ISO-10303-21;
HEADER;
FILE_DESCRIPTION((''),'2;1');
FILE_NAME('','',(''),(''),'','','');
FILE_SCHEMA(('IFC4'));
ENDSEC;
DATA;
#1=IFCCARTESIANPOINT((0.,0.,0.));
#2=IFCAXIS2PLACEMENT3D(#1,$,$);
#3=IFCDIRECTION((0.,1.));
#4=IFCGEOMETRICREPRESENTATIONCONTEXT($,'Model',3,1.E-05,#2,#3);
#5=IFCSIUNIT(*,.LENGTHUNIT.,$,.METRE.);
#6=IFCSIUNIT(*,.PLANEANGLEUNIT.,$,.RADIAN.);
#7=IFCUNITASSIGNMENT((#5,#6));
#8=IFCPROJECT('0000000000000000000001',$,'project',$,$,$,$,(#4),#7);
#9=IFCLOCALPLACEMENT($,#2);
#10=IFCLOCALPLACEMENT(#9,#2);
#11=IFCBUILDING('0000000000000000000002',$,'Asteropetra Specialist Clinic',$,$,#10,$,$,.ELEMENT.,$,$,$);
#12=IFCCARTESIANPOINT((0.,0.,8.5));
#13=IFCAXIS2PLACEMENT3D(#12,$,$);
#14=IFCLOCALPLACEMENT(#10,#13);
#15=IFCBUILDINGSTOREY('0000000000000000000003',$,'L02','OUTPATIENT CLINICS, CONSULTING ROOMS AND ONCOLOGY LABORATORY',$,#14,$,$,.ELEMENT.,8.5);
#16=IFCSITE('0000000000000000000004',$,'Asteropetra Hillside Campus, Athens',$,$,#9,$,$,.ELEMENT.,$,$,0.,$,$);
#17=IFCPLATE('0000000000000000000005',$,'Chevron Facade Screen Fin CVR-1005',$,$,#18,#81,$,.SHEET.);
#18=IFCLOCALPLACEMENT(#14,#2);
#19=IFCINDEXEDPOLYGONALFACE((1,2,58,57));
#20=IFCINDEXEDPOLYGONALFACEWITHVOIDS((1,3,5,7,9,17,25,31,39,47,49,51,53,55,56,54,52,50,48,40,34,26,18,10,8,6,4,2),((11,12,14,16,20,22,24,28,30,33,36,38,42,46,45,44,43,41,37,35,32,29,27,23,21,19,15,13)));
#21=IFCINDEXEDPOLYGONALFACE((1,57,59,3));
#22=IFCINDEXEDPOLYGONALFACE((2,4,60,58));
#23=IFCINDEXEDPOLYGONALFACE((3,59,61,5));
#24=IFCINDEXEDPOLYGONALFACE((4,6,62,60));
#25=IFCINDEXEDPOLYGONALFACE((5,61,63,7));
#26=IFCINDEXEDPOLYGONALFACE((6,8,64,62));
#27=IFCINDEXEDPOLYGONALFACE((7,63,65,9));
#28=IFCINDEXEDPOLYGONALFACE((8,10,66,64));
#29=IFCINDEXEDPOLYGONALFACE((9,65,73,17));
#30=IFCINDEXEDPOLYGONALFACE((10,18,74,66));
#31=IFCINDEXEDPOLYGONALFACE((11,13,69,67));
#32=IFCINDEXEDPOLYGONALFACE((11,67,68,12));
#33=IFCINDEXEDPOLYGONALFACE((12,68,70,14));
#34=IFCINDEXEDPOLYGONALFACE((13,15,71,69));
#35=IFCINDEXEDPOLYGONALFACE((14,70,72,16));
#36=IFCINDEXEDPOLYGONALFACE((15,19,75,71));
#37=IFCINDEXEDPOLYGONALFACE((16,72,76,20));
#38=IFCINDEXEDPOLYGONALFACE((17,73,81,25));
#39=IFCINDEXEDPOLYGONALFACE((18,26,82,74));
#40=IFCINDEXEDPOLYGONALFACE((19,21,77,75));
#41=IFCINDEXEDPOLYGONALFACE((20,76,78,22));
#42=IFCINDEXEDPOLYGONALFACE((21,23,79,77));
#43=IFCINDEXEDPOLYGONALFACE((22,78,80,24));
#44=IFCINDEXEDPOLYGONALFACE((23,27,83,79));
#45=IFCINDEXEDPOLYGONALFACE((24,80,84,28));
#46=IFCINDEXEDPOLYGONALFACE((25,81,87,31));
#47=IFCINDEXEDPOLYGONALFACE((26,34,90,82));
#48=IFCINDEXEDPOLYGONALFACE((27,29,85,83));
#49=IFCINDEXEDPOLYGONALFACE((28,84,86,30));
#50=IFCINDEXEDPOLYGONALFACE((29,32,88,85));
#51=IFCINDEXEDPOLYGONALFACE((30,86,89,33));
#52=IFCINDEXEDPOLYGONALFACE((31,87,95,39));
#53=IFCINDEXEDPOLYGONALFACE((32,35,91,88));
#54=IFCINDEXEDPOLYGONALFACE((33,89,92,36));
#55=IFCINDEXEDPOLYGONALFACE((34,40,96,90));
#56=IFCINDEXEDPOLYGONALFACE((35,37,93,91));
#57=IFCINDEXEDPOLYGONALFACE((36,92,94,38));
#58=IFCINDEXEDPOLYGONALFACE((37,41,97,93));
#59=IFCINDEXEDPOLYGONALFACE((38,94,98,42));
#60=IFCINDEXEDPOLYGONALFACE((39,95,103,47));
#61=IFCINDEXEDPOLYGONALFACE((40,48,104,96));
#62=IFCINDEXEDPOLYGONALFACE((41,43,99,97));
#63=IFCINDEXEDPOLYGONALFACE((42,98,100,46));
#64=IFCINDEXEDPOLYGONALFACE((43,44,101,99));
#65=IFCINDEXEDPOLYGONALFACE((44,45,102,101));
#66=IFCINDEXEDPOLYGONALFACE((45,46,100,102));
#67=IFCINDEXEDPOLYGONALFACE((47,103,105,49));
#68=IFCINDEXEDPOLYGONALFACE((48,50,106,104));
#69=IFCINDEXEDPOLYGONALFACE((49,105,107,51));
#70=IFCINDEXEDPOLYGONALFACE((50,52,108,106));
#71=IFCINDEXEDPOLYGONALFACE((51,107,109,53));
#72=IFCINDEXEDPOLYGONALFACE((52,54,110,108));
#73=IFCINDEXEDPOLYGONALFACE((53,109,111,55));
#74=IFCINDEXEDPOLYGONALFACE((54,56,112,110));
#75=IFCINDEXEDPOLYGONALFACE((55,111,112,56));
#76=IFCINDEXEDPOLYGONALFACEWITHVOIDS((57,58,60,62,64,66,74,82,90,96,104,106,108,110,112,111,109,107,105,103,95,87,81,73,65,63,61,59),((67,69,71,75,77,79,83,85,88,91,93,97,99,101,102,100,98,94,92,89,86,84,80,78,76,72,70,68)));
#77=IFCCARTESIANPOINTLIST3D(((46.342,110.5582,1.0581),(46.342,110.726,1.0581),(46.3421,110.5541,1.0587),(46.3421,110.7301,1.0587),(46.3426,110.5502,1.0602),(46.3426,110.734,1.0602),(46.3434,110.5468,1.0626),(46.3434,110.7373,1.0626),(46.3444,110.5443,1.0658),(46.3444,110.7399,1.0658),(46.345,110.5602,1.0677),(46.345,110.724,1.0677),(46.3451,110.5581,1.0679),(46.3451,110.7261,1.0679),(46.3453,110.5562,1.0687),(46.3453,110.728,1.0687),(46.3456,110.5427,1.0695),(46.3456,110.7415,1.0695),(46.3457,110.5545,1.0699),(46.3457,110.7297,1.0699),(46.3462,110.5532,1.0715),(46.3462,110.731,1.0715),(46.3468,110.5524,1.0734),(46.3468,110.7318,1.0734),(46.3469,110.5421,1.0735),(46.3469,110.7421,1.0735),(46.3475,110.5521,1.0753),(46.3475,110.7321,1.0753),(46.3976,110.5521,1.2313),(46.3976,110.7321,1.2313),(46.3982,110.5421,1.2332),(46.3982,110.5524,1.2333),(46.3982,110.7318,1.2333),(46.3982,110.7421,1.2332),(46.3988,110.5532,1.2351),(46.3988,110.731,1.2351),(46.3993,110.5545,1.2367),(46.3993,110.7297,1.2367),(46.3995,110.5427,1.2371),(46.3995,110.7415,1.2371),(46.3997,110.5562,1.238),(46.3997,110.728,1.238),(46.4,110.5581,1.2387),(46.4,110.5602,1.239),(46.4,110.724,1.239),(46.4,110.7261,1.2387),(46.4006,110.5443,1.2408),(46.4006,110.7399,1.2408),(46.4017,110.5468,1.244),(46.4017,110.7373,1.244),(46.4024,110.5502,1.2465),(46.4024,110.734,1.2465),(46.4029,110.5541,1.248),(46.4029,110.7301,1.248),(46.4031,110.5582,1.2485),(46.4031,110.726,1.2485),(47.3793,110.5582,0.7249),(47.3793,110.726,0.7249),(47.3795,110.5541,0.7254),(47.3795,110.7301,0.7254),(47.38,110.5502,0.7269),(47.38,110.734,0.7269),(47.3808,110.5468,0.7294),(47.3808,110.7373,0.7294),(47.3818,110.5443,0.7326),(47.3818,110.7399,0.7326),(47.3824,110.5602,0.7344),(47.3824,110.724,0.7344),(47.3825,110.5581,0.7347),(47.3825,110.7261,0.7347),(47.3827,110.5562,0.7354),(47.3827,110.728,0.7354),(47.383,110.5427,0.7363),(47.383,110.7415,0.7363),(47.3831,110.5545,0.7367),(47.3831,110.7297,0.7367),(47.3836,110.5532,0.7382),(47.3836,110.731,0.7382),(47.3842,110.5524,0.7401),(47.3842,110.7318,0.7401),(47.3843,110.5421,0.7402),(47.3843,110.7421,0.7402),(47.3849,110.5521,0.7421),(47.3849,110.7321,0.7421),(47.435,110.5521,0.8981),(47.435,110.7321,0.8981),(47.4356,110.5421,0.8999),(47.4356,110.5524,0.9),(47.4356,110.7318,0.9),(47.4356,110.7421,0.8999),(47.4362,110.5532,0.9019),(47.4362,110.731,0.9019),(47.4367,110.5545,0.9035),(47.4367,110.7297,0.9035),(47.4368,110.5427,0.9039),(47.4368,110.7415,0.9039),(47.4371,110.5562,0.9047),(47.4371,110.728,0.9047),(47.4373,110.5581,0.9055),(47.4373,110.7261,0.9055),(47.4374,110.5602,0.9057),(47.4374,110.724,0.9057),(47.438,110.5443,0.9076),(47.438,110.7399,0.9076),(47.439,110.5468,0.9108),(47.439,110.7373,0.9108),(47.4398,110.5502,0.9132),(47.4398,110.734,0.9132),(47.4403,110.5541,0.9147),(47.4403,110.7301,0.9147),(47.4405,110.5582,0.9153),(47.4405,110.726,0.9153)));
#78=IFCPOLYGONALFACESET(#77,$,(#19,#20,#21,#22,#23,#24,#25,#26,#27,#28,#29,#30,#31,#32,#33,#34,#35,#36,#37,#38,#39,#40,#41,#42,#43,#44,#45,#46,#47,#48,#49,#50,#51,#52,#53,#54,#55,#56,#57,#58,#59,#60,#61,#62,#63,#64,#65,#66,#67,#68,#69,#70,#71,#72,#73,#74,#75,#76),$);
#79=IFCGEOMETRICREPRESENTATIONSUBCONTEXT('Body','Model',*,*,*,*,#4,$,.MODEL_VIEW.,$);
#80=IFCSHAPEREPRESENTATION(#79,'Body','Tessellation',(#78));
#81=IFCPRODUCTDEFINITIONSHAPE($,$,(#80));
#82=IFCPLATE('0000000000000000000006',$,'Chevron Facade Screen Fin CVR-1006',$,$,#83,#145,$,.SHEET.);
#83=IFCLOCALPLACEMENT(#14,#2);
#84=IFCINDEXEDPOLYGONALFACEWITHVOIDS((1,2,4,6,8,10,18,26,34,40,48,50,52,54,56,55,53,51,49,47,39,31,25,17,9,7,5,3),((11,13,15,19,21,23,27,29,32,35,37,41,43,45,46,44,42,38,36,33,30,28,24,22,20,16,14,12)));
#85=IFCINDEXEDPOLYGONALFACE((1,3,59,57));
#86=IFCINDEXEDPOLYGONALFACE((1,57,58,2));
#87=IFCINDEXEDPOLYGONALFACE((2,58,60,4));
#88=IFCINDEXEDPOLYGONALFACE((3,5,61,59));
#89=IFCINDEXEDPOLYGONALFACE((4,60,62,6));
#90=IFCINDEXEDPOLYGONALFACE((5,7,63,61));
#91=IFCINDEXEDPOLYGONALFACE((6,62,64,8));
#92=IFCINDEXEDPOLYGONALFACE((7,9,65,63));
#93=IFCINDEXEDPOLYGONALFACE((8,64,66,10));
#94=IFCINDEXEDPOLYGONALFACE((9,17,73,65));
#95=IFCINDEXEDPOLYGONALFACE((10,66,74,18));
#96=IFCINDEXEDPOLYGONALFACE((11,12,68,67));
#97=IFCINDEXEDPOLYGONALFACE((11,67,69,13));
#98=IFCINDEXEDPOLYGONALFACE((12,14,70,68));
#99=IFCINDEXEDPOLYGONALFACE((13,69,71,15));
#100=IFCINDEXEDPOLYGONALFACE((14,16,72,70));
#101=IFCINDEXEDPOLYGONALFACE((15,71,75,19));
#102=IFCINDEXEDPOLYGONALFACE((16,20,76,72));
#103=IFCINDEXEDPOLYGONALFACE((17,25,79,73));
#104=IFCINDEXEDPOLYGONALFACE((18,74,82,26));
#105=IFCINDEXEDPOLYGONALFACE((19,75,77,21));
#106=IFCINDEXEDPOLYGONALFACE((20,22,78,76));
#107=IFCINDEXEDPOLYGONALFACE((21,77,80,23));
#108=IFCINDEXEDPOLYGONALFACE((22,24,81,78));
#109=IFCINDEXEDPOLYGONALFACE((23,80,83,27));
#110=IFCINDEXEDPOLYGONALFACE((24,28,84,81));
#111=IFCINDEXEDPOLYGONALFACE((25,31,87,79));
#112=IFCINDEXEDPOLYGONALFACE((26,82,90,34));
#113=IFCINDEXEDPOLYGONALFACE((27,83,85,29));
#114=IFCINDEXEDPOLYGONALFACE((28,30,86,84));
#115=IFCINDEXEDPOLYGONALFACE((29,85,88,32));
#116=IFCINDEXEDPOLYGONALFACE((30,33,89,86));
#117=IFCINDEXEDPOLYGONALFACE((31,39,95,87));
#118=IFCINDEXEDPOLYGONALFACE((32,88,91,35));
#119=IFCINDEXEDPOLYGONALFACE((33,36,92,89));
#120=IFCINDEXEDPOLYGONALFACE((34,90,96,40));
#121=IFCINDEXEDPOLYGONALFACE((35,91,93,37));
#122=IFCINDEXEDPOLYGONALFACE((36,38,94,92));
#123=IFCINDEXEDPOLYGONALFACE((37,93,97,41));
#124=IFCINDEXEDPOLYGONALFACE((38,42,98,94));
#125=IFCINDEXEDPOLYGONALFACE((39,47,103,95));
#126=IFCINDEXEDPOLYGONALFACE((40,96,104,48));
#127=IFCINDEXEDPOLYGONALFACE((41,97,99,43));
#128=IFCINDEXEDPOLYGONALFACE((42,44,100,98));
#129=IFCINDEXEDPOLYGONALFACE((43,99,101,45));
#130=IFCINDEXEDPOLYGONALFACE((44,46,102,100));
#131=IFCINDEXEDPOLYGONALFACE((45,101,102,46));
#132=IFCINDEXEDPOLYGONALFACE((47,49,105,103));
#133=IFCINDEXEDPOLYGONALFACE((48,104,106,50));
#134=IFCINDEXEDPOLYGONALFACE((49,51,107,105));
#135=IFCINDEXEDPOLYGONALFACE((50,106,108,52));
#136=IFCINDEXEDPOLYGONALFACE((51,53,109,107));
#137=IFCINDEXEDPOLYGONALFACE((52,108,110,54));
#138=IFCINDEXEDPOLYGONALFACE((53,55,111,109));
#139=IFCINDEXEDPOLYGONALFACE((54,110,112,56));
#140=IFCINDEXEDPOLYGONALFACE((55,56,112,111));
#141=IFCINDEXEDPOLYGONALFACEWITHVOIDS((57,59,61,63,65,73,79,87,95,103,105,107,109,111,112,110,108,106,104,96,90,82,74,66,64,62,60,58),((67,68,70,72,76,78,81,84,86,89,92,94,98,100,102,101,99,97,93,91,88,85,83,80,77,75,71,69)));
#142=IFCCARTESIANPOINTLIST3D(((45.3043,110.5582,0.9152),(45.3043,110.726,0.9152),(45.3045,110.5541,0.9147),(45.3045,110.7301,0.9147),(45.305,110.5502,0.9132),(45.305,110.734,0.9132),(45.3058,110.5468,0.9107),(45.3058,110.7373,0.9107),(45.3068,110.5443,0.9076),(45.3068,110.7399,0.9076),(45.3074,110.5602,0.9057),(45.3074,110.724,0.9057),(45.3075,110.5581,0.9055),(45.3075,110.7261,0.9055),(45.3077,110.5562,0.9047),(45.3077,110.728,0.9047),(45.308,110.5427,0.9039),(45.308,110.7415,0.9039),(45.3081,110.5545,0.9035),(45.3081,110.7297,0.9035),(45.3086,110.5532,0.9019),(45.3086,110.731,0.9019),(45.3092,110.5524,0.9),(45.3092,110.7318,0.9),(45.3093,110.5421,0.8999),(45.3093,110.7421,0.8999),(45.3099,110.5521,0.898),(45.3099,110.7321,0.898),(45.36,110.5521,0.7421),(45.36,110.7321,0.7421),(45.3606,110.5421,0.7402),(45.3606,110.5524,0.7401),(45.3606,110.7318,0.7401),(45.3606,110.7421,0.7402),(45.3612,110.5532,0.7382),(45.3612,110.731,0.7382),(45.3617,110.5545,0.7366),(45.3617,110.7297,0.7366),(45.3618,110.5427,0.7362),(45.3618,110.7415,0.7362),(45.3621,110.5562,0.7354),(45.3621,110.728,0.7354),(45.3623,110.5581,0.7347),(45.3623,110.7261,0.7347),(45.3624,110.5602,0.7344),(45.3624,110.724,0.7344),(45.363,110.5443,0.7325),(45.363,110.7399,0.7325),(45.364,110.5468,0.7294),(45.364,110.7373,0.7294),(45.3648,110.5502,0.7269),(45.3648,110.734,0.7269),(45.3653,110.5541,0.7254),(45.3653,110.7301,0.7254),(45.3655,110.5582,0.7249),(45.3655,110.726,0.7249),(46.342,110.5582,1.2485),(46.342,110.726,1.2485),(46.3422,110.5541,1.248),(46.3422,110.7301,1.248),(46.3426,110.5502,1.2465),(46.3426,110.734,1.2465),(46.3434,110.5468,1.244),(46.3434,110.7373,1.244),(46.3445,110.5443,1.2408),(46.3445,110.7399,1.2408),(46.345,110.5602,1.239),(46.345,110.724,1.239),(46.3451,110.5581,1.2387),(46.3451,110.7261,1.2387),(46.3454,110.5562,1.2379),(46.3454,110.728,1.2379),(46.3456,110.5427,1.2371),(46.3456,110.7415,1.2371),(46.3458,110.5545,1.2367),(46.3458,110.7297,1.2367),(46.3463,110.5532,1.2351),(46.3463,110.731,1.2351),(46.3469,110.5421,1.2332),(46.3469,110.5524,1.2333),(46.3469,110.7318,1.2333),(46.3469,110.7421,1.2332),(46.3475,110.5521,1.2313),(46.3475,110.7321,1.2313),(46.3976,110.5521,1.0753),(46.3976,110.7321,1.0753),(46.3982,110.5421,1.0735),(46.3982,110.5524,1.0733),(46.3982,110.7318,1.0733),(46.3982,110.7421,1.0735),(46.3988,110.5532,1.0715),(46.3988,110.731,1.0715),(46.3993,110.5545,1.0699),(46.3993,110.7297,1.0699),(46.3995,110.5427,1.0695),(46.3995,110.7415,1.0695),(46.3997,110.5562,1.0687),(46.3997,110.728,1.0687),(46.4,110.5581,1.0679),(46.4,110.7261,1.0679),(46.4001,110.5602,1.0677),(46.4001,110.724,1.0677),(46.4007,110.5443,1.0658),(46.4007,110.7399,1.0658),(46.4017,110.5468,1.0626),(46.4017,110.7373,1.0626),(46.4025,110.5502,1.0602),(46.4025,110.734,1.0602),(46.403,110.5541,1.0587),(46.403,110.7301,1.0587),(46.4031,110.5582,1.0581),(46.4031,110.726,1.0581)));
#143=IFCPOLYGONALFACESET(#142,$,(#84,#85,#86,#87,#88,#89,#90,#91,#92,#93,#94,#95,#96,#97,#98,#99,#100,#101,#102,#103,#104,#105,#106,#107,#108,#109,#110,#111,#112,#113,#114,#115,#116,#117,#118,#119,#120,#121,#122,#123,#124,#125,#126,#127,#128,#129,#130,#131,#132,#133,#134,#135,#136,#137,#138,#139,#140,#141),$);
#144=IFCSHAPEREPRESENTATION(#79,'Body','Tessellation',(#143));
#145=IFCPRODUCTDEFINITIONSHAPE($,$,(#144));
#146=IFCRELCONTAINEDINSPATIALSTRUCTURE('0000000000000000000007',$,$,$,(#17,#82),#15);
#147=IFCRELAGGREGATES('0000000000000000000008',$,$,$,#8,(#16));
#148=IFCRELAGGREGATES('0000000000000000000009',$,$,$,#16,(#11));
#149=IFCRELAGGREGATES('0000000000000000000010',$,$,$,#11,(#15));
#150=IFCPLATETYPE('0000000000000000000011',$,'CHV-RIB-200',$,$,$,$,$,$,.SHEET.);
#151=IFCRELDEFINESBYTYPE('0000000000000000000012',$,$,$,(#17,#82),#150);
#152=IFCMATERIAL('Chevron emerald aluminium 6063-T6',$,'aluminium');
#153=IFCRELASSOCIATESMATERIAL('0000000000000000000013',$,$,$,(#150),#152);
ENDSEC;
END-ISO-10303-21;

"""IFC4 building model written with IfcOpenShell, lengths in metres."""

from ifc_helpers import new_model, si_unit, direction, frame, origin, origin_2d, place, context, subcontext, project, spatial, hollow_rectangle, extrude, material, material_profile, profile_set, type_object, element, save


model = new_model("IFC4")

# Units and contexts
model_context = context("Model", 3, precision=1e-05, world=origin(), true_north=direction((0.0, 1.0)))
body_context = subcontext(model_context, "Body", "Model", "MODEL_VIEW")
ifc_project = project(units=[si_unit("LENGTHUNIT", "METRE"), si_unit("PLANEANGLEUNIT", "RADIAN")], contexts=[model_context])

# Site, building, storey
site_placement = place(None, origin())
site = spatial("IfcSite", under=ifc_project, at=site_placement, Name="Asteropetra Hillside Campus, Athens", CompositionType="ELEMENT", RefElevation=0.0)
building_placement = place(site_placement, origin())
building = spatial("IfcBuilding", under=site, at=building_placement, Name="Asteropetra Specialist Clinic", CompositionType="ELEMENT")
storey_placement = place(building_placement, frame((0.0, 0.0, 8.5)))
storey = spatial("IfcBuildingStorey", under=building, at=storey_placement, Name="L02", Description="OUTPATIENT CLINICS, CONSULTING ROOMS AND ONCOLOGY LABORATORY", CompositionType="ELEMENT", Elevation=8.5)

# Plates
ifc_material_1 = material(Name="Chevron emerald aluminium 6063-T6", Category="aluminium")
ifc_material_profile_1 = material_profile(ifc_material_1, hollow_rectangle(XDim=0.2, YDim=0.2, WallThickness=0.01, InnerFilletRadius=0.0081, OuterFilletRadius=0.0161, at=origin_2d()), Name="SHS 200x200x10.0")
ifc_profile_set_1 = profile_set([ifc_material_profile_1], Name="Chevron emerald aluminium 6063-T6")
plate_type_1 = type_object("IfcPlateType", Name="CHV-RIB-200", PredefinedType="SHEET", material=ifc_profile_set_1)
plate_1_placement = place(storey_placement, frame((47.4099, 110.6421, 0.8201), z_axis=(-0.952078, 0.0, 0.305857), x_axis=(0.0, -1.0, 0.0)))
element("IfcPlate", 1, at=plate_1_placement, inside=storey, type_object=plate_type_1, Name="Chevron Facade Screen Fin CVR-1005", PredefinedType="SHEET", context=body_context, shape_type="SweptSolid", body=[
    extrude(hollow_rectangle(XDim=0.2, YDim=0.2, WallThickness=0.01, InnerFilletRadius=0.0081, OuterFilletRadius=0.0161, at=origin_2d()), origin(), (0.0, 0.0, 1.0), 1.0896),
])
plate_2_placement = place(storey_placement, frame((46.3726, 110.6421, 1.1533), z_axis=(-0.952098, 0.0, -0.305792), x_axis=(0.0, -1.0, 0.0)))
element("IfcPlate", 2, at=plate_2_placement, inside=storey, type_object=plate_type_1, Name="Chevron Facade Screen Fin CVR-1006", PredefinedType="SHEET", context=body_context, shape_type="SweptSolid", body=[
    extrude(hollow_rectangle(XDim=0.2, YDim=0.2, WallThickness=0.01, InnerFilletRadius=0.0081, OuterFilletRadius=0.0161, at=origin_2d()), origin(), (0.0, 0.0, 1.0), 1.0898),
])

save(model, "model.ifc")
